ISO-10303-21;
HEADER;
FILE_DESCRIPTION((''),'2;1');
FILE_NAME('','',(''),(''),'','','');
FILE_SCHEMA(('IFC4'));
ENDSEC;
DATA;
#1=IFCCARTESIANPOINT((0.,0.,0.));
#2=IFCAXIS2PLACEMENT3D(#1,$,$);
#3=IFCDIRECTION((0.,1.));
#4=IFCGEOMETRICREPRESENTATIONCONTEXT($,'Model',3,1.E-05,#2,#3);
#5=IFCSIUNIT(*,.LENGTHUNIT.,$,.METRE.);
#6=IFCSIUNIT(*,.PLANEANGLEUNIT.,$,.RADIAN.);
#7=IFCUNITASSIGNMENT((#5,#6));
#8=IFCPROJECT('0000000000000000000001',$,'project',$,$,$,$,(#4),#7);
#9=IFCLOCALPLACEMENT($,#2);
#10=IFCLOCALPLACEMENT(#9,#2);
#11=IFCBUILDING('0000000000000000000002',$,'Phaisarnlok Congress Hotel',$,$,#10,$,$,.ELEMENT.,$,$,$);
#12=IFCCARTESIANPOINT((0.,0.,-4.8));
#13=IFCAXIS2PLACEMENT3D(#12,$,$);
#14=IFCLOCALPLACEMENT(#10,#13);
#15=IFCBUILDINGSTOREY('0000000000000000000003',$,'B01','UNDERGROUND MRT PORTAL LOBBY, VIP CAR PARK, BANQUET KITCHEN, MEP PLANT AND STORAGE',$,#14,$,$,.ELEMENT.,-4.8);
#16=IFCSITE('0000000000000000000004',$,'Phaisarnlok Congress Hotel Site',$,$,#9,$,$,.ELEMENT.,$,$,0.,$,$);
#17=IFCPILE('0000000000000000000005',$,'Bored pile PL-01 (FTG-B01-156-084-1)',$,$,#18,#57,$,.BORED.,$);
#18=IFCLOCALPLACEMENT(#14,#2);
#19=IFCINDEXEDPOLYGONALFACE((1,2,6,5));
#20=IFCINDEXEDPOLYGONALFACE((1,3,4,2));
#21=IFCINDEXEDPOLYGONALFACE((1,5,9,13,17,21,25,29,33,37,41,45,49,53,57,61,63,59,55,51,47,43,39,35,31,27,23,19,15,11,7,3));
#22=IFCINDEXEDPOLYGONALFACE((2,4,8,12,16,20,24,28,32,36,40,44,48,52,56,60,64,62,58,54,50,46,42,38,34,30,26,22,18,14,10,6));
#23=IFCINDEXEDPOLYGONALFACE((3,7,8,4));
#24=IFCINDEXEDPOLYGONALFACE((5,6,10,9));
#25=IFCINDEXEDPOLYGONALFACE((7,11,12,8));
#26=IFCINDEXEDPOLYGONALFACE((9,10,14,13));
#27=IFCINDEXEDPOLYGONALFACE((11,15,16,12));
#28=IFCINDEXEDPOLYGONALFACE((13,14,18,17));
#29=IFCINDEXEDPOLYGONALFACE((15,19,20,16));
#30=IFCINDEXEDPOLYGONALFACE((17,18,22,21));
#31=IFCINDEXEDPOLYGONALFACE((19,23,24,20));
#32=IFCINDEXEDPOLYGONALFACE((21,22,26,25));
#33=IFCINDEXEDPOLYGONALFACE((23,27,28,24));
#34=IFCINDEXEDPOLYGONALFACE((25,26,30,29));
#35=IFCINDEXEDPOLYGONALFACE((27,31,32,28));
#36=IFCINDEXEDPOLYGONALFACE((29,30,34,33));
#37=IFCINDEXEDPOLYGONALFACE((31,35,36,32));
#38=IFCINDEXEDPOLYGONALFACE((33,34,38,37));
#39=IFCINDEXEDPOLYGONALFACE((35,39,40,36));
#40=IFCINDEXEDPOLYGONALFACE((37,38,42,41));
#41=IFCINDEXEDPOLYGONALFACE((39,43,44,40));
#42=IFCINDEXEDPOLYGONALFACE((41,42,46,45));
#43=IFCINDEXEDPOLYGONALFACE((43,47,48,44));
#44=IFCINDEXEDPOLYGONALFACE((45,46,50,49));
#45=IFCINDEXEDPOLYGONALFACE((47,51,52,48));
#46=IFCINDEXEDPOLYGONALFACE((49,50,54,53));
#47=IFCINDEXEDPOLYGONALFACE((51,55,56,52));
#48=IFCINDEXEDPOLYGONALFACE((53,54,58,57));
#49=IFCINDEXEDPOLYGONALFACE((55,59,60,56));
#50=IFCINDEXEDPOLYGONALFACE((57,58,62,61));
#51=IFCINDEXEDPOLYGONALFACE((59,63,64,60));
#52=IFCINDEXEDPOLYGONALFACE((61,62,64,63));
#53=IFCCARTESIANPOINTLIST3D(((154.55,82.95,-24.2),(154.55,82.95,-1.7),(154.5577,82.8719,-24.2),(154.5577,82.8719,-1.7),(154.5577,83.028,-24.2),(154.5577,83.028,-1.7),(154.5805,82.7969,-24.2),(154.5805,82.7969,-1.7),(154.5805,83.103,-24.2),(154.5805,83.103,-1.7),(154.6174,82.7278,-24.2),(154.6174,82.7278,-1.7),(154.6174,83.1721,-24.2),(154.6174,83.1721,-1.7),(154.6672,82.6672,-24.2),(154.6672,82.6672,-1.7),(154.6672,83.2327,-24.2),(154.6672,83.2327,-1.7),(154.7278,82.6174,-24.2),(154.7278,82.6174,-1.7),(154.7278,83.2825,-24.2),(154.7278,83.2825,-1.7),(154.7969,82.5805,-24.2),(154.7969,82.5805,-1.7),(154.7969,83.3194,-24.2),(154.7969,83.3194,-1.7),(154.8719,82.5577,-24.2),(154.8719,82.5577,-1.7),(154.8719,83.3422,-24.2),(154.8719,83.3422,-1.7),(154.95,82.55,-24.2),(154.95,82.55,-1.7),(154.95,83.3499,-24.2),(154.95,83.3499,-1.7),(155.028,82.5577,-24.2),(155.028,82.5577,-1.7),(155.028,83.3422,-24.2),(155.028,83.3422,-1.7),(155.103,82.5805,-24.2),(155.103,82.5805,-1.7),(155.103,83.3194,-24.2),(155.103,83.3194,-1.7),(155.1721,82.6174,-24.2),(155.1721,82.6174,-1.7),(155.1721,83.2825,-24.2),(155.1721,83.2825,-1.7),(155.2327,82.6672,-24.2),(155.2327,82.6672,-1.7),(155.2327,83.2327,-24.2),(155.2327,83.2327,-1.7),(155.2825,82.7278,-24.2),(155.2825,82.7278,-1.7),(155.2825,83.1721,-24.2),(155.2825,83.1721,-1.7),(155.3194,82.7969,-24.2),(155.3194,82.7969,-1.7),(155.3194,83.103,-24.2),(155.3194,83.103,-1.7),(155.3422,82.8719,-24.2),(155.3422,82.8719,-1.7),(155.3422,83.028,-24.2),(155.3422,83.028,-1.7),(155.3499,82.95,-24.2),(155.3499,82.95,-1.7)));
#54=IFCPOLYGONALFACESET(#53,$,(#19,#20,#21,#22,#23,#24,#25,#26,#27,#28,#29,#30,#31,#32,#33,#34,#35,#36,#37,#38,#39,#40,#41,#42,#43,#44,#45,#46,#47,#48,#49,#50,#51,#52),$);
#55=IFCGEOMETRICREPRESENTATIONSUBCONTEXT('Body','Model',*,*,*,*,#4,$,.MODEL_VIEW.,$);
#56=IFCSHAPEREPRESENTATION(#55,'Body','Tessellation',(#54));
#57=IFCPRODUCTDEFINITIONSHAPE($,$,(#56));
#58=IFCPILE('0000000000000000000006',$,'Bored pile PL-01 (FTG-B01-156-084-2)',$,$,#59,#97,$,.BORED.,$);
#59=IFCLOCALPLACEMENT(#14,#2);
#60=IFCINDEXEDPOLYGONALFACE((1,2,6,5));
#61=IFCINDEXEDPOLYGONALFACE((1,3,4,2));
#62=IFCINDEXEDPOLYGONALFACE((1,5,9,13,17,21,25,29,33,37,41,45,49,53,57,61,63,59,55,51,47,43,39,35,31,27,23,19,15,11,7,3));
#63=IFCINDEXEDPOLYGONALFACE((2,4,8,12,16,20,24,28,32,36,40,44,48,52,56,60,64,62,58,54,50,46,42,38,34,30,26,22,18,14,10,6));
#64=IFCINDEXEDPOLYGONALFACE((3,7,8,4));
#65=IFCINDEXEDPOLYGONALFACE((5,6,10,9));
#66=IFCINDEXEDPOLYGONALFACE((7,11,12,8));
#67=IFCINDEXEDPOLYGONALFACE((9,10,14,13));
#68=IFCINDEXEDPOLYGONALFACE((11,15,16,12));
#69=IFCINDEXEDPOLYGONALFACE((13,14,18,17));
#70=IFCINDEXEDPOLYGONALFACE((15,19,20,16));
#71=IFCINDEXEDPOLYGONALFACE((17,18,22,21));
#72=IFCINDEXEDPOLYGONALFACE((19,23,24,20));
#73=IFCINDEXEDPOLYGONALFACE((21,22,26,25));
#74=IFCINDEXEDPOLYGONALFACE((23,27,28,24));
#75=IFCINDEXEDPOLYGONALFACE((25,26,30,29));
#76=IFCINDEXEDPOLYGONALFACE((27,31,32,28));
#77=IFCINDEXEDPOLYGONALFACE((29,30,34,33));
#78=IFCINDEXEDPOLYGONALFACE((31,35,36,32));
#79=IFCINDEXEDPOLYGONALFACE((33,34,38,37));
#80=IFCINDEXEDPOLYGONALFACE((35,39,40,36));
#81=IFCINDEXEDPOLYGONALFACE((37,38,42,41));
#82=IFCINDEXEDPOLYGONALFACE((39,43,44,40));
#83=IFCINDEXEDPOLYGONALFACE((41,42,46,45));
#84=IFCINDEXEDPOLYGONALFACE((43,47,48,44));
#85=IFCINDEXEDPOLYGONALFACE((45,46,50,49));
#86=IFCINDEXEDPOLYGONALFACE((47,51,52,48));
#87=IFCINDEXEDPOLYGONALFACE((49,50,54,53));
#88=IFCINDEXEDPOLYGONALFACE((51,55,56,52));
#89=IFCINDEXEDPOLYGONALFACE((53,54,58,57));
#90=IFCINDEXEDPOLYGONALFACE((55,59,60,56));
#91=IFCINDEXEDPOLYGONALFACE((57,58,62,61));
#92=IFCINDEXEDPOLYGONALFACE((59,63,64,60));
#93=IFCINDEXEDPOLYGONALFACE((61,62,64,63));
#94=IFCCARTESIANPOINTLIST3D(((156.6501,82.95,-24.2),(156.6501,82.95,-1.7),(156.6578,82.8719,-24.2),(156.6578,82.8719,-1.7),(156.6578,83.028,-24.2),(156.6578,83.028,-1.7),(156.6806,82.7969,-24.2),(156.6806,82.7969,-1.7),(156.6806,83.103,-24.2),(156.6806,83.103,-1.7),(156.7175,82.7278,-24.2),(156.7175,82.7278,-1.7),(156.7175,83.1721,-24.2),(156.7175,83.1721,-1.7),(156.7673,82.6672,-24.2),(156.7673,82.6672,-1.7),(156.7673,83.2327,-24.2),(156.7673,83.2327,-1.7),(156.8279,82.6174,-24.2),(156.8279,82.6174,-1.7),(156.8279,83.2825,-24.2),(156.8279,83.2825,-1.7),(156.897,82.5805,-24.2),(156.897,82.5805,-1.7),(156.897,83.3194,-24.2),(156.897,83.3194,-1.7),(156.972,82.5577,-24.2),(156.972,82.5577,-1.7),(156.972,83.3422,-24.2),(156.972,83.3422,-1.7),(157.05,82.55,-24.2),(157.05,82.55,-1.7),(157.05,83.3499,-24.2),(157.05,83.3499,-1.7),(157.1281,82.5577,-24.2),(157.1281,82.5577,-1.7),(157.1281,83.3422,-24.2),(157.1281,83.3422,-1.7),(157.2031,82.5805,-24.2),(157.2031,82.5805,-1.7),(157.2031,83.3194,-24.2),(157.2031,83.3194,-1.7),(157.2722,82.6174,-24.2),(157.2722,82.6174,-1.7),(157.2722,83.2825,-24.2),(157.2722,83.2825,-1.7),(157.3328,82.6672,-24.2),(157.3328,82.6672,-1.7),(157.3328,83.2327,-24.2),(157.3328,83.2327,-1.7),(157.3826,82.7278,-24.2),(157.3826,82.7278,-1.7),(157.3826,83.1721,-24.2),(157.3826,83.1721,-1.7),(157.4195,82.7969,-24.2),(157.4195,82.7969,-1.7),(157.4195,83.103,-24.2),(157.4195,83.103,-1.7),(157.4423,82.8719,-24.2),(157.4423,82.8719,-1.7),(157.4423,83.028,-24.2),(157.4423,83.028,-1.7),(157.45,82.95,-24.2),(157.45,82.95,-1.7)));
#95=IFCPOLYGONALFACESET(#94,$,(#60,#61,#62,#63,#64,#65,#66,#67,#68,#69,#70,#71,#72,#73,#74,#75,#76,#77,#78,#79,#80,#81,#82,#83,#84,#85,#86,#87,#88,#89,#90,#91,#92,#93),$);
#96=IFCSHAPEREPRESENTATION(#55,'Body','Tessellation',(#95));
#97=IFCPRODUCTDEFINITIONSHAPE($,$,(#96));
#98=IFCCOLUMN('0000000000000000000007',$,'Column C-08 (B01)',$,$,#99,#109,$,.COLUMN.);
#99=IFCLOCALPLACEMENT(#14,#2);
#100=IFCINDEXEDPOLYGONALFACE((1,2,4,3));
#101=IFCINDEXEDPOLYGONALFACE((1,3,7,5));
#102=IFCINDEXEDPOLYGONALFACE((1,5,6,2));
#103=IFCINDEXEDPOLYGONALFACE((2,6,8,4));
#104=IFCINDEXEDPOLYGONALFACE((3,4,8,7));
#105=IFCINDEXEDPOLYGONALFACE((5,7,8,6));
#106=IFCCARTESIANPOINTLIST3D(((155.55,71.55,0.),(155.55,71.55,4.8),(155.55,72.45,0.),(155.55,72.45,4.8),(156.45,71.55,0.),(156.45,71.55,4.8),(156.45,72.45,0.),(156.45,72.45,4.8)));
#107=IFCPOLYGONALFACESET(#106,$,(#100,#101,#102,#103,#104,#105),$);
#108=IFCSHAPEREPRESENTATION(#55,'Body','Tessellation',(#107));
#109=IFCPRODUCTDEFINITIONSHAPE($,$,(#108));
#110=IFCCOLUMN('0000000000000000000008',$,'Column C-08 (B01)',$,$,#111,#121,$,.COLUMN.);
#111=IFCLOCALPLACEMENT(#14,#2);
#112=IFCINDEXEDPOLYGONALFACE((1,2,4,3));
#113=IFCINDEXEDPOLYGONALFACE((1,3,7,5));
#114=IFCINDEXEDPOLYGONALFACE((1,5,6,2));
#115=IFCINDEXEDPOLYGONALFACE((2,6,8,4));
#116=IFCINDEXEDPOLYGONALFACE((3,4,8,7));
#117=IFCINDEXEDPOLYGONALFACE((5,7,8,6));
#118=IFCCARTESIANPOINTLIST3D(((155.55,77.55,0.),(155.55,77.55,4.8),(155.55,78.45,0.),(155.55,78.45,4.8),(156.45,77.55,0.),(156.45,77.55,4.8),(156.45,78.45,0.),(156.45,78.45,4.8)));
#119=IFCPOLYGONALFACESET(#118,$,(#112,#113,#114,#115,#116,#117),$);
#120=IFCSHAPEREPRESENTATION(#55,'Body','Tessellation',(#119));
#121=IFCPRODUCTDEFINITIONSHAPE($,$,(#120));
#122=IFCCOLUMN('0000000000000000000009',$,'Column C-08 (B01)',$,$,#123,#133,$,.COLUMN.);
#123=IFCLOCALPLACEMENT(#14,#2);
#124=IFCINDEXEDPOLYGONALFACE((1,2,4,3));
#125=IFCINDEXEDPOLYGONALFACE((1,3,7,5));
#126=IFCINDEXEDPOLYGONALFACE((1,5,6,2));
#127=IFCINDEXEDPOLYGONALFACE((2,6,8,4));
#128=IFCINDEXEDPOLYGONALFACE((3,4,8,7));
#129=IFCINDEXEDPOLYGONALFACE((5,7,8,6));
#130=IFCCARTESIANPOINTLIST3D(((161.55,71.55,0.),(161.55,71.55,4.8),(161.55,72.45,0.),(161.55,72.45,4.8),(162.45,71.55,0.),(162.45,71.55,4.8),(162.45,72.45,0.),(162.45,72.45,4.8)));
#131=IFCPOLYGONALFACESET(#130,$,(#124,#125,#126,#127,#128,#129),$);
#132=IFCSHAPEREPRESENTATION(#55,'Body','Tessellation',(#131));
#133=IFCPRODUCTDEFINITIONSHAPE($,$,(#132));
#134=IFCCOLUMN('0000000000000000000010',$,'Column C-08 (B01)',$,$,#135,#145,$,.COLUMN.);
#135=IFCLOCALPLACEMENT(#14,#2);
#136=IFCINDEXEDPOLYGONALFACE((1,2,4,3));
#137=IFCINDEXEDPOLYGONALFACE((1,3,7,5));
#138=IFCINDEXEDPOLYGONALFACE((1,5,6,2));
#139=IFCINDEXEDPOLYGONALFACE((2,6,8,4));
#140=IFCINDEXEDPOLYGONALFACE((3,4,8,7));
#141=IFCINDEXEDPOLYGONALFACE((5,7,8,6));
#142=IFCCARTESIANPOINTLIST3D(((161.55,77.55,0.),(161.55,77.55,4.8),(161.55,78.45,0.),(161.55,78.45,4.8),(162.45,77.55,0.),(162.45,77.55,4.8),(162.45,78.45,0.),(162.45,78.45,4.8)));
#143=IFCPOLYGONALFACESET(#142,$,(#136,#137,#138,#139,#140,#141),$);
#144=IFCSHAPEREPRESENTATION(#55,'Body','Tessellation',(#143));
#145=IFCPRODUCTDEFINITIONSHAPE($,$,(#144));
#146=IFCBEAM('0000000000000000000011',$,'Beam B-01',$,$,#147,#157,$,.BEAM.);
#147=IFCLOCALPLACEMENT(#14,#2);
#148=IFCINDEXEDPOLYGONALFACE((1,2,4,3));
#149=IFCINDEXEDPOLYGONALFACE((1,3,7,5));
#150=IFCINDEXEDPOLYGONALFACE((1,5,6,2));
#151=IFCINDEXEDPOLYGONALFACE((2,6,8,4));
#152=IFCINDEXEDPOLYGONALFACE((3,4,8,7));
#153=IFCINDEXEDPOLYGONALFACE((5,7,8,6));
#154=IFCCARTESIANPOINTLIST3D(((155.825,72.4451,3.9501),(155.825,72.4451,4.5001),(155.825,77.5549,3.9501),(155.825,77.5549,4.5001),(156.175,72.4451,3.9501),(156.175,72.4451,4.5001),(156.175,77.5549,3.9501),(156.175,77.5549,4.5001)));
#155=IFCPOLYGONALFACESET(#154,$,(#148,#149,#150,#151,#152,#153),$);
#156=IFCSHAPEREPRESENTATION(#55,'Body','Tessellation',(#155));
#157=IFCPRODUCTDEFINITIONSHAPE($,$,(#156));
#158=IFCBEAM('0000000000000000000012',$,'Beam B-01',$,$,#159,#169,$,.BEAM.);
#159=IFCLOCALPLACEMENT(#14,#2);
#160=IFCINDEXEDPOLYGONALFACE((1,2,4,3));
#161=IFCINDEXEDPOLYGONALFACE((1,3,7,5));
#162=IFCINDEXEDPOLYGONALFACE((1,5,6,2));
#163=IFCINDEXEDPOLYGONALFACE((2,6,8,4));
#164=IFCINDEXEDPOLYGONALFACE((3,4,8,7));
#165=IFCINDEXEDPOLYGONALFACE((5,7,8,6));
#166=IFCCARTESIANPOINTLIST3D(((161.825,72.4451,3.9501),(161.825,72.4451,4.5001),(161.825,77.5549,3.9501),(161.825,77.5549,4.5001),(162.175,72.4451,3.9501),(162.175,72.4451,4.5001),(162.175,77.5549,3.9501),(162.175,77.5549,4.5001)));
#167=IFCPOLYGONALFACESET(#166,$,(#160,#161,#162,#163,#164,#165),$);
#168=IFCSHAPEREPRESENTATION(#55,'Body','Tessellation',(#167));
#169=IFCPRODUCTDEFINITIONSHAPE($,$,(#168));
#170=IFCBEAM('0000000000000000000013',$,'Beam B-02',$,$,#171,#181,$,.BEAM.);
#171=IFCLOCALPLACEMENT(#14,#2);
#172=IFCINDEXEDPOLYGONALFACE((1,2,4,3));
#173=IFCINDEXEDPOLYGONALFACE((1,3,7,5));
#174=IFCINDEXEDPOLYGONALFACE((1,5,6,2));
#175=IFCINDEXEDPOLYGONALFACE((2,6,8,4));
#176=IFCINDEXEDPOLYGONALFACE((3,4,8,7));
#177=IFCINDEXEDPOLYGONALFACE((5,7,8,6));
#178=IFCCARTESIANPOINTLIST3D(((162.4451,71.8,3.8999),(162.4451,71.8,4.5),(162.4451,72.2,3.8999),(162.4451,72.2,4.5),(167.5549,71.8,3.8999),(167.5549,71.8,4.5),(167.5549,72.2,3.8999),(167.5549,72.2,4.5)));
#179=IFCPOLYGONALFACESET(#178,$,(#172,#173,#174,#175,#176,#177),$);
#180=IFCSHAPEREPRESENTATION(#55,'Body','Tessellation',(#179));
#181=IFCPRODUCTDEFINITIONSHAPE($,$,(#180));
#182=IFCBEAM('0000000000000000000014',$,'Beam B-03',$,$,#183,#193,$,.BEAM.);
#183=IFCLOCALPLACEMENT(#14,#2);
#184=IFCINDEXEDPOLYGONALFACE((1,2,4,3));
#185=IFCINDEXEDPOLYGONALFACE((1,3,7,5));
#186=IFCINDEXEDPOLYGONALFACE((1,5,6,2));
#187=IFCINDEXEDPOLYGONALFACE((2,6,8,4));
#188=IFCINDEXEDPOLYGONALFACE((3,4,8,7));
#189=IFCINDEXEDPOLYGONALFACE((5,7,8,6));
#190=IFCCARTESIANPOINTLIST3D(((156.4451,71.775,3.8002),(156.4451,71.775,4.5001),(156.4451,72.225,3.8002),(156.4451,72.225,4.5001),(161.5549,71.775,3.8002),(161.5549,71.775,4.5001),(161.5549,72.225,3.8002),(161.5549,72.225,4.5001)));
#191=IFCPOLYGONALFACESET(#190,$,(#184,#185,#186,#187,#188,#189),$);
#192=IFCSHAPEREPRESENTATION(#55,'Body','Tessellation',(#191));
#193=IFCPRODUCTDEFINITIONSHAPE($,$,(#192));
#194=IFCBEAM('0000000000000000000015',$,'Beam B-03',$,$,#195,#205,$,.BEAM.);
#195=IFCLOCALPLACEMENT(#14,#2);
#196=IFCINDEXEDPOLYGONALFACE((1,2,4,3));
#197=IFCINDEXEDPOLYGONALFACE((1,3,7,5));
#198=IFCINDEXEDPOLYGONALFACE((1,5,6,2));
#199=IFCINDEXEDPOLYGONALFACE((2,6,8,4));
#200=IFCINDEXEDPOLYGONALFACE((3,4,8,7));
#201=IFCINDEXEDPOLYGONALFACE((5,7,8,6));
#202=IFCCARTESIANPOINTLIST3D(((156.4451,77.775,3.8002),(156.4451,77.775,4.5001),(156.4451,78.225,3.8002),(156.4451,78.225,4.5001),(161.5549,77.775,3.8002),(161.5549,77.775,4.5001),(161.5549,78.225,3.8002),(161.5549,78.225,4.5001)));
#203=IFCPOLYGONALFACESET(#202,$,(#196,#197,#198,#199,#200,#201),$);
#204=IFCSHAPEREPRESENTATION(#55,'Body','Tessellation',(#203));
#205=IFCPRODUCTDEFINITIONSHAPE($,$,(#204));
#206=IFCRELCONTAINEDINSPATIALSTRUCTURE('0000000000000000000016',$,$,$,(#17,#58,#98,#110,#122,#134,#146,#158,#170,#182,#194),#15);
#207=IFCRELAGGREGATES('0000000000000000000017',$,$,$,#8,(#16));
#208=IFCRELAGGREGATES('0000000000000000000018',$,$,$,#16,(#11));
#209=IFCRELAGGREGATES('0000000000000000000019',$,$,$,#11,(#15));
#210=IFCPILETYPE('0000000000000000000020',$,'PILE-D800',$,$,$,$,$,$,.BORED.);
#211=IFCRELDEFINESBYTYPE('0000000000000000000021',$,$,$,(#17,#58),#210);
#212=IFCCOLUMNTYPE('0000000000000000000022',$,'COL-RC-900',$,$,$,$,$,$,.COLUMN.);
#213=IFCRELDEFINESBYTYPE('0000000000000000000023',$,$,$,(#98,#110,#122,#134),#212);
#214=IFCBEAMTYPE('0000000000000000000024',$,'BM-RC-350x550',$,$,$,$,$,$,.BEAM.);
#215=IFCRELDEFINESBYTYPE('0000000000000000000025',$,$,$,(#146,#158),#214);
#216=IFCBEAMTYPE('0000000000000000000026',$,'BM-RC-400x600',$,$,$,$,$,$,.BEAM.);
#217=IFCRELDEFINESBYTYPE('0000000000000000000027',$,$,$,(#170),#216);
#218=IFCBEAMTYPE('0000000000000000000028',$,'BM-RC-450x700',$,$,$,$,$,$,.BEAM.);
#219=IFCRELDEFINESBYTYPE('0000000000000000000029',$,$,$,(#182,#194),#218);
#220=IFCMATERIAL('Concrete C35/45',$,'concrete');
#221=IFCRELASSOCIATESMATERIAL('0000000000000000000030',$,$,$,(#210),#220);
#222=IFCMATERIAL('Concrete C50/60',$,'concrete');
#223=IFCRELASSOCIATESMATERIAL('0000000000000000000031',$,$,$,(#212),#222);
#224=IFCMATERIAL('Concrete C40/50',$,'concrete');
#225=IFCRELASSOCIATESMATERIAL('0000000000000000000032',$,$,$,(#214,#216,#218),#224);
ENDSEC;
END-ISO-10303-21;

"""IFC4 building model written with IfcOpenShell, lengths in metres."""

from ifc_helpers import new_model, si_unit, direction, frame, origin, origin_2d, place, context, subcontext, project, spatial, rectangle, circle, extrude, material, material_profile, profile_set, type_object, element, save


model = new_model("IFC4")

# Units and contexts
model_context = context("Model", 3, precision=1e-05, world=origin(), true_north=direction((0.0, 1.0)))
body_context = subcontext(model_context, "Body", "Model", "MODEL_VIEW")
ifc_project = project(units=[si_unit("LENGTHUNIT", "METRE"), si_unit("PLANEANGLEUNIT", "RADIAN")], contexts=[model_context])

# Site, building, storey
site_placement = place(None, origin())
site = spatial("IfcSite", under=ifc_project, at=site_placement, Name="Phaisarnlok Congress Hotel Site", CompositionType="ELEMENT", RefElevation=0.0)
building_placement = place(site_placement, origin())
building = spatial("IfcBuilding", under=site, at=building_placement, Name="Phaisarnlok Congress Hotel", CompositionType="ELEMENT")
storey_placement = place(building_placement, frame((0.0, 0.0, -4.8)))
storey = spatial("IfcBuildingStorey", under=building, at=storey_placement, Name="B01", Description="UNDERGROUND MRT PORTAL LOBBY, VIP CAR PARK, BANQUET KITCHEN, MEP PLANT AND STORAGE", CompositionType="ELEMENT", Elevation=-4.8)

# Shared definitions
ifc_material_1 = material(Name="Concrete C40/50", Category="concrete")

# Piles
ifc_material_2 = material(Name="Concrete C35/45", Category="concrete")
ifc_material_profile_1 = material_profile(ifc_material_2, circle(Radius=0.3999, at=origin_2d()), Name="BORED PILE D800")
ifc_profile_set_1 = profile_set([ifc_material_profile_1], Name="Concrete C35/45")
pile_type_1 = type_object("IfcPileType", Name="PILE-D800", PredefinedType="BORED", material=ifc_profile_set_1)
for number, where, z_axis, x_axis, name in (
    (1, (154.95, 82.95, -1.7), (0.0, 0.0, -1.0), (1.0, 0.0, 0.0), "Bored pile PL-01 (FTG-B01-156-084-1)"),
    (2, (157.05, 82.95, -1.7), (0.0, 0.0, -1.0), (1.0, 0.0, 0.0), "Bored pile PL-01 (FTG-B01-156-084-2)"),
):
    element("IfcPile", number, at=place(storey_placement, frame(where, z_axis=z_axis, x_axis=x_axis)), inside=storey, type_object=pile_type_1, Name=name, PredefinedType="BORED", context=body_context, shape_type="SweptSolid", body=[
        extrude(circle(Radius=0.3999, at=origin_2d()), origin(), (0.0, 0.0, 1.0), 22.5),
    ])

# Columns
ifc_material_3 = material(Name="Concrete C50/60", Category="concrete")
ifc_material_profile_2 = material_profile(ifc_material_3, rectangle(XDim=0.8999, YDim=0.8999, at=origin_2d()), Name="RC 900x900")
ifc_profile_set_2 = profile_set([ifc_material_profile_2], Name="Concrete C50/60")
column_type = type_object("IfcColumnType", Name="COL-RC-900", PredefinedType="COLUMN", material=ifc_profile_set_2)
for number, where, z_axis, x_axis, name in (
    (3, (156.0, 72.0, 0.0), (0.0, 0.0, 1.0), (1.0, 0.0, 0.0), "Column C-08 (B01)"),
    (4, (156.0, 78.0, 0.0), (0.0, 0.0, 1.0), (1.0, 0.0, 0.0), "Column C-08 (B01)"),
    (5, (162.0, 72.0, 0.0), (0.0, 0.0, 1.0), (1.0, 0.0, 0.0), "Column C-08 (B01)"),
    (6, (162.0, 78.0, 0.0), (0.0, 0.0, 1.0), (1.0, 0.0, 0.0), "Column C-08 (B01)"),
):
    element("IfcColumn", number, at=place(storey_placement, frame(where, z_axis=z_axis, x_axis=x_axis)), inside=storey, type_object=column_type, Name=name, PredefinedType="COLUMN", context=body_context, shape_type="SweptSolid", body=[
        extrude(rectangle(XDim=0.8999, YDim=0.8999, at=origin_2d()), origin(), (0.0, 0.0, 1.0), 4.8),
    ])

# Beams
ifc_material_profile_3 = material_profile(ifc_material_1, rectangle(XDim=0.3501, YDim=0.55, at=origin_2d()), Name="RC 350x550")
ifc_profile_set_3 = profile_set([ifc_material_profile_3], Name="Concrete C40/50")
beam_type_1 = type_object("IfcBeamType", Name="BM-RC-350x550", PredefinedType="BEAM", material=ifc_profile_set_3)
for number, where, z_axis, x_axis, name in (
    (7, (156.0, 72.4451, 4.2251), (0.0, 1.0, 0.0), (-1.0, 0.0, 0.0), "Beam B-01"),
    (8, (162.0, 72.4451, 4.2251), (0.0, 1.0, 0.0), (-1.0, 0.0, 0.0), "Beam B-01"),
):
    element("IfcBeam", number, at=place(storey_placement, frame(where, z_axis=z_axis, x_axis=x_axis)), inside=storey, type_object=beam_type_1, Name=name, PredefinedType="BEAM", context=body_context, shape_type="SweptSolid", body=[
        extrude(rectangle(XDim=0.3501, YDim=0.55, at=origin_2d()), origin(), (0.0, 0.0, 1.0), 5.1099),
    ])
ifc_material_profile_4 = material_profile(ifc_material_1, rectangle(XDim=0.3999, YDim=0.6001, at=origin_2d()), Name="RC 400x600")
ifc_profile_set_4 = profile_set([ifc_material_profile_4], Name="Concrete C40/50")
beam_type_2 = type_object("IfcBeamType", Name="BM-RC-400x600", PredefinedType="BEAM", material=ifc_profile_set_4)
beam_1_placement = place(storey_placement, frame((162.4451, 72.0, 4.2), z_axis=(1.0, 0.0, 0.0), x_axis=(0.0, 1.0, 0.0)))
element("IfcBeam", 9, at=beam_1_placement, inside=storey, type_object=beam_type_2, Name="Beam B-02", PredefinedType="BEAM", context=body_context, shape_type="SweptSolid", body=[
    extrude(rectangle(XDim=0.3999, YDim=0.6001, at=origin_2d()), origin(), (0.0, 0.0, 1.0), 5.1099),
])
ifc_material_profile_5 = material_profile(ifc_material_1, rectangle(XDim=0.45, YDim=0.7, at=origin_2d()), Name="RC 450x700")
ifc_profile_set_5 = profile_set([ifc_material_profile_5], Name="Concrete C40/50")
beam_type_3 = type_object("IfcBeamType", Name="BM-RC-450x700", PredefinedType="BEAM", material=ifc_profile_set_5)
for number, where, z_axis, x_axis, name in (
    (10, (156.4451, 72.0, 4.1501), (1.0, 0.0, 0.0), (0.0, 1.0, 0.0), "Beam B-03"),
    (11, (156.4451, 78.0, 4.1501), (1.0, 0.0, 0.0), (0.0, 1.0, 0.0), "Beam B-03"),
):
    element("IfcBeam", number, at=place(storey_placement, frame(where, z_axis=z_axis, x_axis=x_axis)), inside=storey, type_object=beam_type_3, Name=name, PredefinedType="BEAM", context=body_context, shape_type="SweptSolid", body=[
        extrude(rectangle(XDim=0.45, YDim=0.7, at=origin_2d()), origin(), (0.0, 0.0, 1.0), 5.1099),
    ])

save(model, "model.ifc")
